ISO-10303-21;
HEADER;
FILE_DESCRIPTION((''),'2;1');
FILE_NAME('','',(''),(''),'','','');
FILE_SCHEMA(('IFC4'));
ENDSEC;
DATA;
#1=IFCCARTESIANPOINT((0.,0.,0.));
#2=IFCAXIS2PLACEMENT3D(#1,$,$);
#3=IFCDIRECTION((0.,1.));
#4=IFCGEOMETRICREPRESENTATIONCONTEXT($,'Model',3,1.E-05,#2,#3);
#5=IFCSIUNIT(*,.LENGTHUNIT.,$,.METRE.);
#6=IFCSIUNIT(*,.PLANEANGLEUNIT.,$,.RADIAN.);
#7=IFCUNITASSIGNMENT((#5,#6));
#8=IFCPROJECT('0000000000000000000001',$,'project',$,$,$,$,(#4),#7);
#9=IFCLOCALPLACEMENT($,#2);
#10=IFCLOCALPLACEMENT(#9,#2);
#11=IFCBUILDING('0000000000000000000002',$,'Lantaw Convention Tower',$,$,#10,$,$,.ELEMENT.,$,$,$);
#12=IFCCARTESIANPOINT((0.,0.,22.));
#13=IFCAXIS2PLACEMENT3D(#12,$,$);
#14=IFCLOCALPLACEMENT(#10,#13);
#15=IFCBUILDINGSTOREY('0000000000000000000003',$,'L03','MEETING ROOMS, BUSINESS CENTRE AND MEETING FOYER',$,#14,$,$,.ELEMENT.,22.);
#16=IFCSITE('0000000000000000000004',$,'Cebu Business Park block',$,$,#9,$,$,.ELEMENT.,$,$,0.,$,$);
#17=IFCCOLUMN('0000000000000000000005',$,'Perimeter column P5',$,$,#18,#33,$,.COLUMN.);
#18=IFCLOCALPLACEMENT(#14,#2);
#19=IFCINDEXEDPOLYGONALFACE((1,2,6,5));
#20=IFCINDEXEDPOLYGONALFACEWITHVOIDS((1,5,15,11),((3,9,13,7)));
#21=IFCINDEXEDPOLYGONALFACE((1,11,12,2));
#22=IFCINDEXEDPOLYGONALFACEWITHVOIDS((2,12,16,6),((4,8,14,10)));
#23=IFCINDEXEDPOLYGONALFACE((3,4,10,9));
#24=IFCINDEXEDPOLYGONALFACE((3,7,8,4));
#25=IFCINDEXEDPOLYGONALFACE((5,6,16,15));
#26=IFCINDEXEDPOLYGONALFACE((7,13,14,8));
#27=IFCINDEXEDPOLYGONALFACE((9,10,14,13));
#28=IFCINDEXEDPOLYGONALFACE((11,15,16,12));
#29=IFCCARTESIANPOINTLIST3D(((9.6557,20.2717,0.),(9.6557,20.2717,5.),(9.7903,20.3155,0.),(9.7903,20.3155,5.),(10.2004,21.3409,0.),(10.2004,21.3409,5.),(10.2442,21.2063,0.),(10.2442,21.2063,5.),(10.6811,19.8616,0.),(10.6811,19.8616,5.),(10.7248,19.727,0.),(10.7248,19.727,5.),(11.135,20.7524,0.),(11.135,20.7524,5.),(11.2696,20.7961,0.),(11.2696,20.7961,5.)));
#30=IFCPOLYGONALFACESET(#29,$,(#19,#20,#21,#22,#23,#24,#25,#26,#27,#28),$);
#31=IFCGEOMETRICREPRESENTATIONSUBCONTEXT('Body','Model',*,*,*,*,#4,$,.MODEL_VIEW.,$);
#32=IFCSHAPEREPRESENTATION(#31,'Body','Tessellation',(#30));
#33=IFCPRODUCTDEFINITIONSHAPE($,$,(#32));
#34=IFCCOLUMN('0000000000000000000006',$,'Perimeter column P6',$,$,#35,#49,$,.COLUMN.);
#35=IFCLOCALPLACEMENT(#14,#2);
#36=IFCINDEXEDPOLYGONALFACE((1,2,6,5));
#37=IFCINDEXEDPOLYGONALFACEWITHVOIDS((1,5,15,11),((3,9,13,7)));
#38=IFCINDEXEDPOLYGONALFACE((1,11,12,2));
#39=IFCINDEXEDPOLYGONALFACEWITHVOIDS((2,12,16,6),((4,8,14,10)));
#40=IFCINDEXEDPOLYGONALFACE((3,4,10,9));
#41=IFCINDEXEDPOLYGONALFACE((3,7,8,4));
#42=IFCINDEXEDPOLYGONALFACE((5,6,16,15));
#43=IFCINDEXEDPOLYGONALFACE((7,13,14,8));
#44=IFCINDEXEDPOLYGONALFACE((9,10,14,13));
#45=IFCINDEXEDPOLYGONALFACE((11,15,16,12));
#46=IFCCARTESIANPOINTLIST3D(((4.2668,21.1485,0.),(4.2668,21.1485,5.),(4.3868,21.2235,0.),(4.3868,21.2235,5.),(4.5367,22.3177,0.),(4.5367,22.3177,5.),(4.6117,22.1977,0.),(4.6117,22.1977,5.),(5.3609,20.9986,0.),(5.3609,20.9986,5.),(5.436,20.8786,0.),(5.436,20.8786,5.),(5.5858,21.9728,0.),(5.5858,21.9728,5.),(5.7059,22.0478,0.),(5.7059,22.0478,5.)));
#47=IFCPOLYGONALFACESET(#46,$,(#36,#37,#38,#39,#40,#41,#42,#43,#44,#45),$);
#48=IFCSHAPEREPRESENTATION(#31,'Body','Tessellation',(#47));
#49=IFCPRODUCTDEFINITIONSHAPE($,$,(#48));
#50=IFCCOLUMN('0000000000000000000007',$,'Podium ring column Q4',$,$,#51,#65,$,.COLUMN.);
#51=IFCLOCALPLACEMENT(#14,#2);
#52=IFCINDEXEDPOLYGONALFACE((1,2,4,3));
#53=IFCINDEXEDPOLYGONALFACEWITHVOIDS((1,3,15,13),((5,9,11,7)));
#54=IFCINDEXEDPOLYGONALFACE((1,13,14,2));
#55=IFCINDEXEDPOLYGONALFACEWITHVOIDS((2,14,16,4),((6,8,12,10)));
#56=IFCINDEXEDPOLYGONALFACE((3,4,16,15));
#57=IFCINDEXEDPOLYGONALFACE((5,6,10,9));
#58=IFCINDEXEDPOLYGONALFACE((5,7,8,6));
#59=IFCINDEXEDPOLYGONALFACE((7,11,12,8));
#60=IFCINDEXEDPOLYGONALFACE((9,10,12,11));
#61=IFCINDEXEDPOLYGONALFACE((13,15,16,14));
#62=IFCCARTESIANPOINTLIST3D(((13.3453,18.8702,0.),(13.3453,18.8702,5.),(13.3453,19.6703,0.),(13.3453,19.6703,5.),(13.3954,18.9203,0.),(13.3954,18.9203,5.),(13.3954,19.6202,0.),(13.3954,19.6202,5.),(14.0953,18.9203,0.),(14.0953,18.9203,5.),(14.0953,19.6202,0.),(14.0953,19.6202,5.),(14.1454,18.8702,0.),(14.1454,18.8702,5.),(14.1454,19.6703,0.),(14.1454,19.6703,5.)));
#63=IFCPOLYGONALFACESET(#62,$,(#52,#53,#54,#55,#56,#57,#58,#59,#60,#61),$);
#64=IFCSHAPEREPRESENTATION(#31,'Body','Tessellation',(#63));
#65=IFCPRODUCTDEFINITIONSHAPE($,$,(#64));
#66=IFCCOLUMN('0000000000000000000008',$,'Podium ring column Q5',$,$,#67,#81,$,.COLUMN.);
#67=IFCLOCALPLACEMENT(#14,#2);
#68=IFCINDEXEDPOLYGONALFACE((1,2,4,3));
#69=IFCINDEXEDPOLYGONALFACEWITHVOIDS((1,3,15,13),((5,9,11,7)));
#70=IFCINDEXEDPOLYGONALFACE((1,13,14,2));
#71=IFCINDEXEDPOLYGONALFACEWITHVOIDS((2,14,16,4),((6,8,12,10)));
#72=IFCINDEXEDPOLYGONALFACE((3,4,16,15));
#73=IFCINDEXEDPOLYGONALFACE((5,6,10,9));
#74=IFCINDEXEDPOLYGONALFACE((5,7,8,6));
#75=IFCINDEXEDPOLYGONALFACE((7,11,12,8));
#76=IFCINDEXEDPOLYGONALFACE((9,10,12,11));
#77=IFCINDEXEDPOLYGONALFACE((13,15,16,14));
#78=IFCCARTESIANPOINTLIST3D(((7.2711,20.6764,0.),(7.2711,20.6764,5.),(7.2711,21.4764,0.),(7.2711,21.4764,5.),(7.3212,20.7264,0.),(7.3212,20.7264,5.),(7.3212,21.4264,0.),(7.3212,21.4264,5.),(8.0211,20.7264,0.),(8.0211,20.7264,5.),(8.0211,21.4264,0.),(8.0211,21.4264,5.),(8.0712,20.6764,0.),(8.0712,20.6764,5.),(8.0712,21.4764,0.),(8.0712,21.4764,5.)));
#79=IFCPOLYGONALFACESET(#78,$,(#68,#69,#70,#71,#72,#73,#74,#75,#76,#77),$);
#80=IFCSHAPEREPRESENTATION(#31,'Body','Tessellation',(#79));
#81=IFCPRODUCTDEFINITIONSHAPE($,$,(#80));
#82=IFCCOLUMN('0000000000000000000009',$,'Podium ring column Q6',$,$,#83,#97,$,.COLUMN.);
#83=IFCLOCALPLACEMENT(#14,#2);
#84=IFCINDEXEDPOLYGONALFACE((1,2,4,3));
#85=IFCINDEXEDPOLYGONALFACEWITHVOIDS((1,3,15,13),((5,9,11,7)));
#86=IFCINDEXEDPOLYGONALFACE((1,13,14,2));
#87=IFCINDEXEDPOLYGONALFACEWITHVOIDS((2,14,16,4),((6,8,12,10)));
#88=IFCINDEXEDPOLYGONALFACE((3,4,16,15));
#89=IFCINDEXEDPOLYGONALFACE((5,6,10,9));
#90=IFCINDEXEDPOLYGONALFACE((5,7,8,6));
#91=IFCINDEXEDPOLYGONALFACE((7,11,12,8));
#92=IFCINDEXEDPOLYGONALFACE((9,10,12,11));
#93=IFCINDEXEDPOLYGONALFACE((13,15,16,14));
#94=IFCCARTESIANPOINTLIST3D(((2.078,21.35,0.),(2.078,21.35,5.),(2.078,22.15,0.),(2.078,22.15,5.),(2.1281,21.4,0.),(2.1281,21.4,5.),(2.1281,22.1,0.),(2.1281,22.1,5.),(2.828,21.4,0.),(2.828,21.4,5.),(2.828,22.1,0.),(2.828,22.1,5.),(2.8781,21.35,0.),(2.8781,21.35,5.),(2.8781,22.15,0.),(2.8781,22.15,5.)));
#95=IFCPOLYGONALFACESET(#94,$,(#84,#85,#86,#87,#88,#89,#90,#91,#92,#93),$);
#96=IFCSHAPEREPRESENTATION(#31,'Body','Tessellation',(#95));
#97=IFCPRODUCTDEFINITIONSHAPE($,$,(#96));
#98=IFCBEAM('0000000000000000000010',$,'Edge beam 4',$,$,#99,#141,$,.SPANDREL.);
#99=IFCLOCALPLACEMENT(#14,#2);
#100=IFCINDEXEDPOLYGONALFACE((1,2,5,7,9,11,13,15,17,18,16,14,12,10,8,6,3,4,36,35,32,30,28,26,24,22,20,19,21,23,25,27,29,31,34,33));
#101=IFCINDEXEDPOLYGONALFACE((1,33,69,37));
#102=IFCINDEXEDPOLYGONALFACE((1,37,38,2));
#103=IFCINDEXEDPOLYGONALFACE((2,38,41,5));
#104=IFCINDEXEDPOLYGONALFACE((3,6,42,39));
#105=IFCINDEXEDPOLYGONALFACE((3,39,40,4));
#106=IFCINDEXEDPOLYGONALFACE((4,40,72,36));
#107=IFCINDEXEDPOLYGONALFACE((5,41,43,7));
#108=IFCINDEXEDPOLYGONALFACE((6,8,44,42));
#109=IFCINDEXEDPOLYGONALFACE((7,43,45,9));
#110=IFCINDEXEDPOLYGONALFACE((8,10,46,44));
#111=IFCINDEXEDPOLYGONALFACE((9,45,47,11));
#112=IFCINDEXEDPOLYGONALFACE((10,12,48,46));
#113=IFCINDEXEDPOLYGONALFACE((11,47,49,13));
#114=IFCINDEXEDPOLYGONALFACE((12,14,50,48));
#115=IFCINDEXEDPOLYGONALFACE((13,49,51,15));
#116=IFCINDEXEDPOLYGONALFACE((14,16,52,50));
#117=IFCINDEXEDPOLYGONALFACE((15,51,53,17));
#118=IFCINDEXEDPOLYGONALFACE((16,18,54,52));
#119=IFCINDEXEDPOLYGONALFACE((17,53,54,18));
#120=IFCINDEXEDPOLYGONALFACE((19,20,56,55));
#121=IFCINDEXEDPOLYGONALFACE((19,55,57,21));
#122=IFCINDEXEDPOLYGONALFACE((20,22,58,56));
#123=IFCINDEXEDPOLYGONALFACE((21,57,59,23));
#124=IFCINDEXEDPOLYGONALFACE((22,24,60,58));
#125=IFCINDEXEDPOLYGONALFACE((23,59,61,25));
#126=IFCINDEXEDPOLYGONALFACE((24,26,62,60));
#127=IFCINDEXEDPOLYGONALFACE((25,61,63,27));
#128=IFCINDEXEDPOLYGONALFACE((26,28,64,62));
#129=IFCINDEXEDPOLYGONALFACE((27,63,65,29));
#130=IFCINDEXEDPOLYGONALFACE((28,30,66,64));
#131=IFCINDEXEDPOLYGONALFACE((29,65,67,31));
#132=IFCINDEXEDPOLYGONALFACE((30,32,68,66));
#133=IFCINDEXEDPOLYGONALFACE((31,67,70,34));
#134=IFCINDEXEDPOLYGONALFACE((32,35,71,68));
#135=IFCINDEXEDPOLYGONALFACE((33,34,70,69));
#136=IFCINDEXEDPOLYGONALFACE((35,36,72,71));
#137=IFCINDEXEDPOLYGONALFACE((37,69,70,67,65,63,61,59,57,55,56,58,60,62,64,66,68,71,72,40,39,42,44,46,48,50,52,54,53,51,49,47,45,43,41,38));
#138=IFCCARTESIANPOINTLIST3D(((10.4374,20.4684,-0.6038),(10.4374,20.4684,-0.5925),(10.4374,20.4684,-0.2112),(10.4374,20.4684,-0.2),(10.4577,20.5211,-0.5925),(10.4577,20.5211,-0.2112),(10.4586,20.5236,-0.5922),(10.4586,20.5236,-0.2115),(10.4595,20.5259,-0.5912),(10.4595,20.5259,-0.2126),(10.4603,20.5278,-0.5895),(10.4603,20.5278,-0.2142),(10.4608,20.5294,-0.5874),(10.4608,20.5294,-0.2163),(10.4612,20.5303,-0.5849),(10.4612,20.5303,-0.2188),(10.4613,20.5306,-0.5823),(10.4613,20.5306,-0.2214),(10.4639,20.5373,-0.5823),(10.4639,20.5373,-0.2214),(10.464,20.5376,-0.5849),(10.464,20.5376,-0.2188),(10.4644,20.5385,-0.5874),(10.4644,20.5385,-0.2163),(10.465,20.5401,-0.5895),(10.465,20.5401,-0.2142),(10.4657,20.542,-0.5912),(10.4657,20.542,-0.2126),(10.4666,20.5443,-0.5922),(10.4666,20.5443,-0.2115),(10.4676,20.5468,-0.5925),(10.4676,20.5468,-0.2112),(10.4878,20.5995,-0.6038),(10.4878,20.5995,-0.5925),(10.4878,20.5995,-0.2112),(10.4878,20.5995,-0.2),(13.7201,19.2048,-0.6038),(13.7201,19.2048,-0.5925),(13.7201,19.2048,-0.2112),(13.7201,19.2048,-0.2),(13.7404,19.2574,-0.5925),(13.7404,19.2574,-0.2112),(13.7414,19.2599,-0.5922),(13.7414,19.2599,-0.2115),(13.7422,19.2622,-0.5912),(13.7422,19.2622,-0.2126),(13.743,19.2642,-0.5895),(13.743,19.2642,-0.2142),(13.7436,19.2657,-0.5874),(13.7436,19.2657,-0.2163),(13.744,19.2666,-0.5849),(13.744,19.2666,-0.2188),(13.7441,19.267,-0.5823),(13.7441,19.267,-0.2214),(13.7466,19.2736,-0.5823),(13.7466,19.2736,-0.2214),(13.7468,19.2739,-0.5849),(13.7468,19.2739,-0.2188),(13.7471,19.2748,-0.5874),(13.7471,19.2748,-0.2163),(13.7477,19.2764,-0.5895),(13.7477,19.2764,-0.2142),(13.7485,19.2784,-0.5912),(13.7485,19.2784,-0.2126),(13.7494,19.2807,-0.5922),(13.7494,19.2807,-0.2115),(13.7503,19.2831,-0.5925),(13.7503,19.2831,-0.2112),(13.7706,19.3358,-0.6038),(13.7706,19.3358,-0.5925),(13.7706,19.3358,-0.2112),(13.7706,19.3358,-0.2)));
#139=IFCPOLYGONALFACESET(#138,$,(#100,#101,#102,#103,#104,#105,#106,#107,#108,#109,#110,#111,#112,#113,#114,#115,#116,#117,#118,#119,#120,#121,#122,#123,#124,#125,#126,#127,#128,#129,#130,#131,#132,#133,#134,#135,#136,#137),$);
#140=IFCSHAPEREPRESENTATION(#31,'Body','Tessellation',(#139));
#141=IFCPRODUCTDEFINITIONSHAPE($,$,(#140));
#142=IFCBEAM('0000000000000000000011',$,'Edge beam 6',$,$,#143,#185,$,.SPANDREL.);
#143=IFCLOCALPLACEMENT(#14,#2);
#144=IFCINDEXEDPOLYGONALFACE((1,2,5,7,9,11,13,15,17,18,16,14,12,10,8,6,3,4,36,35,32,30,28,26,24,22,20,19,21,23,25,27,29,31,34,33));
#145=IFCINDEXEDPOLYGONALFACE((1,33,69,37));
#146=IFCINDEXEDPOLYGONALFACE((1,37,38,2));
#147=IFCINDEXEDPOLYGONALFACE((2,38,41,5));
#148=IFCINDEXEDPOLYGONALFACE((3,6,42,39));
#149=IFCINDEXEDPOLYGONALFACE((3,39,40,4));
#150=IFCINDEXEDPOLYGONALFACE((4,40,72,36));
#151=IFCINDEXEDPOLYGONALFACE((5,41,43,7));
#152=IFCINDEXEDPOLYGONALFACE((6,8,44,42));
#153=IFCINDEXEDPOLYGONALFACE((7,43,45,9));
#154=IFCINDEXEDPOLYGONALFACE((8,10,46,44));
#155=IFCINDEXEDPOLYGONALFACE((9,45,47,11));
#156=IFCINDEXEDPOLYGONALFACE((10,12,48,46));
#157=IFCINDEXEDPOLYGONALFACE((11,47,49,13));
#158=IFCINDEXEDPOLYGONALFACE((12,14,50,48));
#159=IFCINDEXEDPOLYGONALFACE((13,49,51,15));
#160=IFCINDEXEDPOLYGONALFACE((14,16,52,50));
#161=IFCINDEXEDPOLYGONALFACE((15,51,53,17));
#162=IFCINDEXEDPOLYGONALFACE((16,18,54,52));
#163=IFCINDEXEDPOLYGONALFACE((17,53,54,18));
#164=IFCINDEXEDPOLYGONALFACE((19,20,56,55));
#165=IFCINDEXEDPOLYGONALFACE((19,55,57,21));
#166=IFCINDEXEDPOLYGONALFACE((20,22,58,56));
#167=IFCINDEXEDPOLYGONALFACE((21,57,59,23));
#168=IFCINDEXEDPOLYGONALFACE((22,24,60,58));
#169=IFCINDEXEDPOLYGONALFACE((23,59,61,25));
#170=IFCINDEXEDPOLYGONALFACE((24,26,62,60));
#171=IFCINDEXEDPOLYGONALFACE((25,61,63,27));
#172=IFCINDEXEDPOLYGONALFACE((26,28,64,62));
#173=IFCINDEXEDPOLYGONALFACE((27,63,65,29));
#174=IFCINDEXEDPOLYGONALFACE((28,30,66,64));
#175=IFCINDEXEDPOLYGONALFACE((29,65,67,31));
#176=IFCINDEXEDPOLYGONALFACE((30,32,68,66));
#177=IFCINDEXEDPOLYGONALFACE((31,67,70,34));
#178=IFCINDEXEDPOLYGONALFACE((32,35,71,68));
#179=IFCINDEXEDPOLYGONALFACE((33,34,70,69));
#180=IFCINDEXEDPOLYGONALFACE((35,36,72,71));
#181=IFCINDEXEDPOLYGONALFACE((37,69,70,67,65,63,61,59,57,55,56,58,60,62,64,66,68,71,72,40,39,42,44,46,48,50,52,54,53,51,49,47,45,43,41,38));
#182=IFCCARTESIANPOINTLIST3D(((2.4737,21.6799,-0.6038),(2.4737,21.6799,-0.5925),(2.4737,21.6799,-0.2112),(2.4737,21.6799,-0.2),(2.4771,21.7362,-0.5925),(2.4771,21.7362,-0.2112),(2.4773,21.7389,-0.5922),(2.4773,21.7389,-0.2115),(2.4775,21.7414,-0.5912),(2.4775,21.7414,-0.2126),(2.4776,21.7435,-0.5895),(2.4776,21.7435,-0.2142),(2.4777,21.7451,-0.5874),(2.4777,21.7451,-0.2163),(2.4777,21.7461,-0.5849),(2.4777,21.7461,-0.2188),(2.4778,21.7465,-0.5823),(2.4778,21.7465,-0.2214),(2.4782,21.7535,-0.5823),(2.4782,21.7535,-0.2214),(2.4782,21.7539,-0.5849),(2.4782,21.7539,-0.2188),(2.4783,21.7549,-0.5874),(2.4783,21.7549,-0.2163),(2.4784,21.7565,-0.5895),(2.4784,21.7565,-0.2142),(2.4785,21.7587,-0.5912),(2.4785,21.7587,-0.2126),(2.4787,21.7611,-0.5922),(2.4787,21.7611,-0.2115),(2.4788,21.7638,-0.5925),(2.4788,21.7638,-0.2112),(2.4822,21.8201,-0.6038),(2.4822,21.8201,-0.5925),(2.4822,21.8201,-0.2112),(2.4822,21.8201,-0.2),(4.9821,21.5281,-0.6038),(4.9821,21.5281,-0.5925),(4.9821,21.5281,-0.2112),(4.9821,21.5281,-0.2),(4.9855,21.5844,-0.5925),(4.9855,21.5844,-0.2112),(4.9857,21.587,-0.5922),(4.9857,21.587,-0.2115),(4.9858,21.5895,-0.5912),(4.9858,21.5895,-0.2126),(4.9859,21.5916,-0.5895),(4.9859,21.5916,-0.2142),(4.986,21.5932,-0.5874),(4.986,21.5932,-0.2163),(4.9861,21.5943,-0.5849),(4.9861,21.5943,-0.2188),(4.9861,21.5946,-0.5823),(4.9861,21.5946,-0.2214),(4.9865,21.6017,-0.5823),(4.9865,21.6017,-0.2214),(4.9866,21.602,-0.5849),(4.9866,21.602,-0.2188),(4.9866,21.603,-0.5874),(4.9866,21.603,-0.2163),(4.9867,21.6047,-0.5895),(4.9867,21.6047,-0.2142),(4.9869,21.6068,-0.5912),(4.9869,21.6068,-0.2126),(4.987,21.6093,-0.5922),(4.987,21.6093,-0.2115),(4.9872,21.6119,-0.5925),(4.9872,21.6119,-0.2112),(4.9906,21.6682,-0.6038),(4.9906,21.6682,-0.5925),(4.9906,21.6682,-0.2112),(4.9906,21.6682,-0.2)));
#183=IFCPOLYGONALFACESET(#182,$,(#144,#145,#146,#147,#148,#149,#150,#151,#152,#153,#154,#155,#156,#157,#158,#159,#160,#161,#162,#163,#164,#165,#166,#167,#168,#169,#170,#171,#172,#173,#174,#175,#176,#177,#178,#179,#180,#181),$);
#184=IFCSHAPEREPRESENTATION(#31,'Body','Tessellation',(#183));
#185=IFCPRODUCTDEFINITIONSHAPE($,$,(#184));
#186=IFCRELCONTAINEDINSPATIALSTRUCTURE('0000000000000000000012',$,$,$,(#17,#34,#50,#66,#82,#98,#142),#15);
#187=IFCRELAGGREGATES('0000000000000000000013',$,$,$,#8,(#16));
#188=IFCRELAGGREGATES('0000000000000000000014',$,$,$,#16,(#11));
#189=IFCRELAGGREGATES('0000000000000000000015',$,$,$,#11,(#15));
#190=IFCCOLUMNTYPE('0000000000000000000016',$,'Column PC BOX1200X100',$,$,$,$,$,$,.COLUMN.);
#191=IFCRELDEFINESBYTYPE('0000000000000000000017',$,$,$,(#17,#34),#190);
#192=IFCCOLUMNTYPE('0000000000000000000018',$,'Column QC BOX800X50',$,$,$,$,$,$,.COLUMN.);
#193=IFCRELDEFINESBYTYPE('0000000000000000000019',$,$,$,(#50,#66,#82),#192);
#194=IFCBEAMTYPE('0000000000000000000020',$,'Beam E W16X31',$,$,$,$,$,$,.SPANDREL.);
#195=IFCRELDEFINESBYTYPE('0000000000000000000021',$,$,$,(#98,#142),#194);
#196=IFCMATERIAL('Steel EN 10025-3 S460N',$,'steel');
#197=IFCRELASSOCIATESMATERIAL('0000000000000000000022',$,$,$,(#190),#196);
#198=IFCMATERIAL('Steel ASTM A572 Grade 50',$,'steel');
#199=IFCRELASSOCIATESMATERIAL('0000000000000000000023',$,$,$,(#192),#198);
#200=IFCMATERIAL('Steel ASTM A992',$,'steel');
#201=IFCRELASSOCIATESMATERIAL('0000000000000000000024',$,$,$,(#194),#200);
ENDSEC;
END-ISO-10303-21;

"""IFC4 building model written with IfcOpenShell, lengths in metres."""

from ifc_helpers import new_model, si_unit, direction, frame, origin, origin_2d, place, context, subcontext, project, spatial, rectangle, hollow_rectangle, i_section, extrude, material, material_profile, profile_set, type_object, element, save


model = new_model("IFC4")

# Units and contexts
model_context = context("Model", 3, precision=1e-05, world=origin(), true_north=direction((0.0, 1.0)))
body_context = subcontext(model_context, "Body", "Model", "MODEL_VIEW")
ifc_project = project(units=[si_unit("LENGTHUNIT", "METRE"), si_unit("PLANEANGLEUNIT", "RADIAN")], contexts=[model_context])

# Site, building, storey
site_placement = place(None, origin())
site = spatial("IfcSite", under=ifc_project, at=site_placement, Name="Cebu Business Park block", CompositionType="ELEMENT", RefElevation=0.0)
building_placement = place(site_placement, origin())
building = spatial("IfcBuilding", under=site, at=building_placement, Name="Lantaw Convention Tower", CompositionType="ELEMENT")
storey_placement = place(building_placement, frame((0.0, 0.0, 22.0)))
storey = spatial("IfcBuildingStorey", under=building, at=storey_placement, Name="L03", Description="MEETING ROOMS, BUSINESS CENTRE AND MEETING FOYER", CompositionType="ELEMENT", Elevation=22.0)

# Columns
ifc_material_1 = material(Name="Steel EN 10025-3 S460N", Category="steel")
ifc_material_profile_1 = material_profile(ifc_material_1, hollow_rectangle(XDim=1.2, YDim=1.2, WallThickness=0.1001, at=origin_2d()), Name="BOX1200X100")
ifc_material_2 = material(Name="Concrete C60/75", Category="concrete")
ifc_material_profile_2 = material_profile(ifc_material_2, rectangle(XDim=1.0, YDim=1.0, at=origin_2d()), Name="Concrete fill of BOX1200X100")
ifc_profile_set_1 = profile_set([ifc_material_profile_1, ifc_material_profile_2], Name="Steel EN 10025-3 S460N")
column_type_1 = type_object("IfcColumnType", Name="Column PC BOX1200X100", PredefinedType="COLUMN", material=ifc_profile_set_1)
for number, where, z_axis, x_axis, name in (
    (1, (10.4626, 20.5339, 0.0), (0.0, 0.0, 1.0), (0.45399, 0.891007, 0.0), "Perimeter column P5"),
    (2, (4.9863, 21.5981, 0.0), (0.0, 0.0, 1.0), (0.224951, 0.97437, 0.0), "Perimeter column P6"),
):
    element("IfcColumn", number, at=place(storey_placement, frame(where, z_axis=z_axis, x_axis=x_axis)), inside=storey, type_object=column_type_1, Name=name, PredefinedType="COLUMN", context=body_context, shape_type="SweptSolid", body=[
        extrude(hollow_rectangle(XDim=1.2, YDim=1.2, WallThickness=0.1001, at=origin_2d()), origin(), (0.0, 0.0, 1.0), 5.0),
    ])
ifc_material_3 = material(Name="Steel ASTM A572 Grade 50", Category="steel")
ifc_material_profile_3 = material_profile(ifc_material_3, hollow_rectangle(XDim=0.8, YDim=0.8, WallThickness=0.05, at=origin_2d()), Name="BOX800X50")
ifc_profile_set_2 = profile_set([ifc_material_profile_3], Name="Steel ASTM A572 Grade 50")
column_type_2 = type_object("IfcColumnType", Name="Column QC BOX800X50", PredefinedType="COLUMN", material=ifc_profile_set_2)
for number, where, z_axis, x_axis, name in (
    (3, (13.7454, 19.2703, 0.0), (0.0, 0.0, 1.0), (1.0, 0.0, 0.0), "Podium ring column Q4"),
    (4, (7.6711, 21.0764, 0.0), (0.0, 0.0, 1.0), (1.0, 0.0, 0.0), "Podium ring column Q5"),
    (5, (2.478, 21.75, 0.0), (0.0, 0.0, 1.0), (1.0, 0.0, 0.0), "Podium ring column Q6"),
):
    element("IfcColumn", number, at=place(storey_placement, frame(where, z_axis=z_axis, x_axis=x_axis)), inside=storey, type_object=column_type_2, Name=name, PredefinedType="COLUMN", context=body_context, shape_type="SweptSolid", body=[
        extrude(hollow_rectangle(XDim=0.8, YDim=0.8, WallThickness=0.05, at=origin_2d()), origin(), (0.0, 0.0, 1.0), 5.0),
    ])

# Beams
ifc_material_4 = material(Name="Steel ASTM A992", Category="steel")
ifc_material_profile_4 = material_profile(ifc_material_4, i_section(OverallWidth=0.1404, OverallDepth=0.4038, WebThickness=0.0071, FlangeThickness=0.0112, FilletRadius=0.0103, at=origin_2d()), Name="W16X31")
ifc_profile_set_3 = profile_set([ifc_material_profile_4], Name="Steel ASTM A992")
beam_type_1 = type_object("IfcBeamType", Name="Beam E W16X31", PredefinedType="SPANDREL", material=ifc_profile_set_3)
beam_1_placement = place(storey_placement, frame((13.7454, 19.2703, -0.4019), z_axis=(-0.933242, 0.359249, 0.0), x_axis=(-0.359249, -0.933242, 0.0)))
element("IfcBeam", 6, at=beam_1_placement, inside=storey, type_object=beam_type_1, Name="Edge beam 4", PredefinedType="SPANDREL", context=body_context, shape_type="SweptSolid", body=[
    extrude(i_section(OverallWidth=0.1404, OverallDepth=0.4038, WebThickness=0.0071, FlangeThickness=0.0112, FilletRadius=0.0103, at=origin_2d()), origin(), (0.0, 0.0, 1.0), 3.5176),
])
beam_2_placement = place(storey_placement, frame((4.9863, 21.5981, -0.4019), z_axis=(-0.998172, 0.060431, 0.0), x_axis=(-0.060431, -0.998172, 0.0)))
element("IfcBeam", 7, at=beam_2_placement, inside=storey, type_object=beam_type_1, Name="Edge beam 6", PredefinedType="SPANDREL", context=body_context, shape_type="SweptSolid", body=[
    extrude(i_section(OverallWidth=0.1404, OverallDepth=0.4038, WebThickness=0.0071, FlangeThickness=0.0112, FilletRadius=0.0103, at=origin_2d()), origin(), (0.0, 0.0, 1.0), 2.5129),
])

save(model, "model.ifc")
